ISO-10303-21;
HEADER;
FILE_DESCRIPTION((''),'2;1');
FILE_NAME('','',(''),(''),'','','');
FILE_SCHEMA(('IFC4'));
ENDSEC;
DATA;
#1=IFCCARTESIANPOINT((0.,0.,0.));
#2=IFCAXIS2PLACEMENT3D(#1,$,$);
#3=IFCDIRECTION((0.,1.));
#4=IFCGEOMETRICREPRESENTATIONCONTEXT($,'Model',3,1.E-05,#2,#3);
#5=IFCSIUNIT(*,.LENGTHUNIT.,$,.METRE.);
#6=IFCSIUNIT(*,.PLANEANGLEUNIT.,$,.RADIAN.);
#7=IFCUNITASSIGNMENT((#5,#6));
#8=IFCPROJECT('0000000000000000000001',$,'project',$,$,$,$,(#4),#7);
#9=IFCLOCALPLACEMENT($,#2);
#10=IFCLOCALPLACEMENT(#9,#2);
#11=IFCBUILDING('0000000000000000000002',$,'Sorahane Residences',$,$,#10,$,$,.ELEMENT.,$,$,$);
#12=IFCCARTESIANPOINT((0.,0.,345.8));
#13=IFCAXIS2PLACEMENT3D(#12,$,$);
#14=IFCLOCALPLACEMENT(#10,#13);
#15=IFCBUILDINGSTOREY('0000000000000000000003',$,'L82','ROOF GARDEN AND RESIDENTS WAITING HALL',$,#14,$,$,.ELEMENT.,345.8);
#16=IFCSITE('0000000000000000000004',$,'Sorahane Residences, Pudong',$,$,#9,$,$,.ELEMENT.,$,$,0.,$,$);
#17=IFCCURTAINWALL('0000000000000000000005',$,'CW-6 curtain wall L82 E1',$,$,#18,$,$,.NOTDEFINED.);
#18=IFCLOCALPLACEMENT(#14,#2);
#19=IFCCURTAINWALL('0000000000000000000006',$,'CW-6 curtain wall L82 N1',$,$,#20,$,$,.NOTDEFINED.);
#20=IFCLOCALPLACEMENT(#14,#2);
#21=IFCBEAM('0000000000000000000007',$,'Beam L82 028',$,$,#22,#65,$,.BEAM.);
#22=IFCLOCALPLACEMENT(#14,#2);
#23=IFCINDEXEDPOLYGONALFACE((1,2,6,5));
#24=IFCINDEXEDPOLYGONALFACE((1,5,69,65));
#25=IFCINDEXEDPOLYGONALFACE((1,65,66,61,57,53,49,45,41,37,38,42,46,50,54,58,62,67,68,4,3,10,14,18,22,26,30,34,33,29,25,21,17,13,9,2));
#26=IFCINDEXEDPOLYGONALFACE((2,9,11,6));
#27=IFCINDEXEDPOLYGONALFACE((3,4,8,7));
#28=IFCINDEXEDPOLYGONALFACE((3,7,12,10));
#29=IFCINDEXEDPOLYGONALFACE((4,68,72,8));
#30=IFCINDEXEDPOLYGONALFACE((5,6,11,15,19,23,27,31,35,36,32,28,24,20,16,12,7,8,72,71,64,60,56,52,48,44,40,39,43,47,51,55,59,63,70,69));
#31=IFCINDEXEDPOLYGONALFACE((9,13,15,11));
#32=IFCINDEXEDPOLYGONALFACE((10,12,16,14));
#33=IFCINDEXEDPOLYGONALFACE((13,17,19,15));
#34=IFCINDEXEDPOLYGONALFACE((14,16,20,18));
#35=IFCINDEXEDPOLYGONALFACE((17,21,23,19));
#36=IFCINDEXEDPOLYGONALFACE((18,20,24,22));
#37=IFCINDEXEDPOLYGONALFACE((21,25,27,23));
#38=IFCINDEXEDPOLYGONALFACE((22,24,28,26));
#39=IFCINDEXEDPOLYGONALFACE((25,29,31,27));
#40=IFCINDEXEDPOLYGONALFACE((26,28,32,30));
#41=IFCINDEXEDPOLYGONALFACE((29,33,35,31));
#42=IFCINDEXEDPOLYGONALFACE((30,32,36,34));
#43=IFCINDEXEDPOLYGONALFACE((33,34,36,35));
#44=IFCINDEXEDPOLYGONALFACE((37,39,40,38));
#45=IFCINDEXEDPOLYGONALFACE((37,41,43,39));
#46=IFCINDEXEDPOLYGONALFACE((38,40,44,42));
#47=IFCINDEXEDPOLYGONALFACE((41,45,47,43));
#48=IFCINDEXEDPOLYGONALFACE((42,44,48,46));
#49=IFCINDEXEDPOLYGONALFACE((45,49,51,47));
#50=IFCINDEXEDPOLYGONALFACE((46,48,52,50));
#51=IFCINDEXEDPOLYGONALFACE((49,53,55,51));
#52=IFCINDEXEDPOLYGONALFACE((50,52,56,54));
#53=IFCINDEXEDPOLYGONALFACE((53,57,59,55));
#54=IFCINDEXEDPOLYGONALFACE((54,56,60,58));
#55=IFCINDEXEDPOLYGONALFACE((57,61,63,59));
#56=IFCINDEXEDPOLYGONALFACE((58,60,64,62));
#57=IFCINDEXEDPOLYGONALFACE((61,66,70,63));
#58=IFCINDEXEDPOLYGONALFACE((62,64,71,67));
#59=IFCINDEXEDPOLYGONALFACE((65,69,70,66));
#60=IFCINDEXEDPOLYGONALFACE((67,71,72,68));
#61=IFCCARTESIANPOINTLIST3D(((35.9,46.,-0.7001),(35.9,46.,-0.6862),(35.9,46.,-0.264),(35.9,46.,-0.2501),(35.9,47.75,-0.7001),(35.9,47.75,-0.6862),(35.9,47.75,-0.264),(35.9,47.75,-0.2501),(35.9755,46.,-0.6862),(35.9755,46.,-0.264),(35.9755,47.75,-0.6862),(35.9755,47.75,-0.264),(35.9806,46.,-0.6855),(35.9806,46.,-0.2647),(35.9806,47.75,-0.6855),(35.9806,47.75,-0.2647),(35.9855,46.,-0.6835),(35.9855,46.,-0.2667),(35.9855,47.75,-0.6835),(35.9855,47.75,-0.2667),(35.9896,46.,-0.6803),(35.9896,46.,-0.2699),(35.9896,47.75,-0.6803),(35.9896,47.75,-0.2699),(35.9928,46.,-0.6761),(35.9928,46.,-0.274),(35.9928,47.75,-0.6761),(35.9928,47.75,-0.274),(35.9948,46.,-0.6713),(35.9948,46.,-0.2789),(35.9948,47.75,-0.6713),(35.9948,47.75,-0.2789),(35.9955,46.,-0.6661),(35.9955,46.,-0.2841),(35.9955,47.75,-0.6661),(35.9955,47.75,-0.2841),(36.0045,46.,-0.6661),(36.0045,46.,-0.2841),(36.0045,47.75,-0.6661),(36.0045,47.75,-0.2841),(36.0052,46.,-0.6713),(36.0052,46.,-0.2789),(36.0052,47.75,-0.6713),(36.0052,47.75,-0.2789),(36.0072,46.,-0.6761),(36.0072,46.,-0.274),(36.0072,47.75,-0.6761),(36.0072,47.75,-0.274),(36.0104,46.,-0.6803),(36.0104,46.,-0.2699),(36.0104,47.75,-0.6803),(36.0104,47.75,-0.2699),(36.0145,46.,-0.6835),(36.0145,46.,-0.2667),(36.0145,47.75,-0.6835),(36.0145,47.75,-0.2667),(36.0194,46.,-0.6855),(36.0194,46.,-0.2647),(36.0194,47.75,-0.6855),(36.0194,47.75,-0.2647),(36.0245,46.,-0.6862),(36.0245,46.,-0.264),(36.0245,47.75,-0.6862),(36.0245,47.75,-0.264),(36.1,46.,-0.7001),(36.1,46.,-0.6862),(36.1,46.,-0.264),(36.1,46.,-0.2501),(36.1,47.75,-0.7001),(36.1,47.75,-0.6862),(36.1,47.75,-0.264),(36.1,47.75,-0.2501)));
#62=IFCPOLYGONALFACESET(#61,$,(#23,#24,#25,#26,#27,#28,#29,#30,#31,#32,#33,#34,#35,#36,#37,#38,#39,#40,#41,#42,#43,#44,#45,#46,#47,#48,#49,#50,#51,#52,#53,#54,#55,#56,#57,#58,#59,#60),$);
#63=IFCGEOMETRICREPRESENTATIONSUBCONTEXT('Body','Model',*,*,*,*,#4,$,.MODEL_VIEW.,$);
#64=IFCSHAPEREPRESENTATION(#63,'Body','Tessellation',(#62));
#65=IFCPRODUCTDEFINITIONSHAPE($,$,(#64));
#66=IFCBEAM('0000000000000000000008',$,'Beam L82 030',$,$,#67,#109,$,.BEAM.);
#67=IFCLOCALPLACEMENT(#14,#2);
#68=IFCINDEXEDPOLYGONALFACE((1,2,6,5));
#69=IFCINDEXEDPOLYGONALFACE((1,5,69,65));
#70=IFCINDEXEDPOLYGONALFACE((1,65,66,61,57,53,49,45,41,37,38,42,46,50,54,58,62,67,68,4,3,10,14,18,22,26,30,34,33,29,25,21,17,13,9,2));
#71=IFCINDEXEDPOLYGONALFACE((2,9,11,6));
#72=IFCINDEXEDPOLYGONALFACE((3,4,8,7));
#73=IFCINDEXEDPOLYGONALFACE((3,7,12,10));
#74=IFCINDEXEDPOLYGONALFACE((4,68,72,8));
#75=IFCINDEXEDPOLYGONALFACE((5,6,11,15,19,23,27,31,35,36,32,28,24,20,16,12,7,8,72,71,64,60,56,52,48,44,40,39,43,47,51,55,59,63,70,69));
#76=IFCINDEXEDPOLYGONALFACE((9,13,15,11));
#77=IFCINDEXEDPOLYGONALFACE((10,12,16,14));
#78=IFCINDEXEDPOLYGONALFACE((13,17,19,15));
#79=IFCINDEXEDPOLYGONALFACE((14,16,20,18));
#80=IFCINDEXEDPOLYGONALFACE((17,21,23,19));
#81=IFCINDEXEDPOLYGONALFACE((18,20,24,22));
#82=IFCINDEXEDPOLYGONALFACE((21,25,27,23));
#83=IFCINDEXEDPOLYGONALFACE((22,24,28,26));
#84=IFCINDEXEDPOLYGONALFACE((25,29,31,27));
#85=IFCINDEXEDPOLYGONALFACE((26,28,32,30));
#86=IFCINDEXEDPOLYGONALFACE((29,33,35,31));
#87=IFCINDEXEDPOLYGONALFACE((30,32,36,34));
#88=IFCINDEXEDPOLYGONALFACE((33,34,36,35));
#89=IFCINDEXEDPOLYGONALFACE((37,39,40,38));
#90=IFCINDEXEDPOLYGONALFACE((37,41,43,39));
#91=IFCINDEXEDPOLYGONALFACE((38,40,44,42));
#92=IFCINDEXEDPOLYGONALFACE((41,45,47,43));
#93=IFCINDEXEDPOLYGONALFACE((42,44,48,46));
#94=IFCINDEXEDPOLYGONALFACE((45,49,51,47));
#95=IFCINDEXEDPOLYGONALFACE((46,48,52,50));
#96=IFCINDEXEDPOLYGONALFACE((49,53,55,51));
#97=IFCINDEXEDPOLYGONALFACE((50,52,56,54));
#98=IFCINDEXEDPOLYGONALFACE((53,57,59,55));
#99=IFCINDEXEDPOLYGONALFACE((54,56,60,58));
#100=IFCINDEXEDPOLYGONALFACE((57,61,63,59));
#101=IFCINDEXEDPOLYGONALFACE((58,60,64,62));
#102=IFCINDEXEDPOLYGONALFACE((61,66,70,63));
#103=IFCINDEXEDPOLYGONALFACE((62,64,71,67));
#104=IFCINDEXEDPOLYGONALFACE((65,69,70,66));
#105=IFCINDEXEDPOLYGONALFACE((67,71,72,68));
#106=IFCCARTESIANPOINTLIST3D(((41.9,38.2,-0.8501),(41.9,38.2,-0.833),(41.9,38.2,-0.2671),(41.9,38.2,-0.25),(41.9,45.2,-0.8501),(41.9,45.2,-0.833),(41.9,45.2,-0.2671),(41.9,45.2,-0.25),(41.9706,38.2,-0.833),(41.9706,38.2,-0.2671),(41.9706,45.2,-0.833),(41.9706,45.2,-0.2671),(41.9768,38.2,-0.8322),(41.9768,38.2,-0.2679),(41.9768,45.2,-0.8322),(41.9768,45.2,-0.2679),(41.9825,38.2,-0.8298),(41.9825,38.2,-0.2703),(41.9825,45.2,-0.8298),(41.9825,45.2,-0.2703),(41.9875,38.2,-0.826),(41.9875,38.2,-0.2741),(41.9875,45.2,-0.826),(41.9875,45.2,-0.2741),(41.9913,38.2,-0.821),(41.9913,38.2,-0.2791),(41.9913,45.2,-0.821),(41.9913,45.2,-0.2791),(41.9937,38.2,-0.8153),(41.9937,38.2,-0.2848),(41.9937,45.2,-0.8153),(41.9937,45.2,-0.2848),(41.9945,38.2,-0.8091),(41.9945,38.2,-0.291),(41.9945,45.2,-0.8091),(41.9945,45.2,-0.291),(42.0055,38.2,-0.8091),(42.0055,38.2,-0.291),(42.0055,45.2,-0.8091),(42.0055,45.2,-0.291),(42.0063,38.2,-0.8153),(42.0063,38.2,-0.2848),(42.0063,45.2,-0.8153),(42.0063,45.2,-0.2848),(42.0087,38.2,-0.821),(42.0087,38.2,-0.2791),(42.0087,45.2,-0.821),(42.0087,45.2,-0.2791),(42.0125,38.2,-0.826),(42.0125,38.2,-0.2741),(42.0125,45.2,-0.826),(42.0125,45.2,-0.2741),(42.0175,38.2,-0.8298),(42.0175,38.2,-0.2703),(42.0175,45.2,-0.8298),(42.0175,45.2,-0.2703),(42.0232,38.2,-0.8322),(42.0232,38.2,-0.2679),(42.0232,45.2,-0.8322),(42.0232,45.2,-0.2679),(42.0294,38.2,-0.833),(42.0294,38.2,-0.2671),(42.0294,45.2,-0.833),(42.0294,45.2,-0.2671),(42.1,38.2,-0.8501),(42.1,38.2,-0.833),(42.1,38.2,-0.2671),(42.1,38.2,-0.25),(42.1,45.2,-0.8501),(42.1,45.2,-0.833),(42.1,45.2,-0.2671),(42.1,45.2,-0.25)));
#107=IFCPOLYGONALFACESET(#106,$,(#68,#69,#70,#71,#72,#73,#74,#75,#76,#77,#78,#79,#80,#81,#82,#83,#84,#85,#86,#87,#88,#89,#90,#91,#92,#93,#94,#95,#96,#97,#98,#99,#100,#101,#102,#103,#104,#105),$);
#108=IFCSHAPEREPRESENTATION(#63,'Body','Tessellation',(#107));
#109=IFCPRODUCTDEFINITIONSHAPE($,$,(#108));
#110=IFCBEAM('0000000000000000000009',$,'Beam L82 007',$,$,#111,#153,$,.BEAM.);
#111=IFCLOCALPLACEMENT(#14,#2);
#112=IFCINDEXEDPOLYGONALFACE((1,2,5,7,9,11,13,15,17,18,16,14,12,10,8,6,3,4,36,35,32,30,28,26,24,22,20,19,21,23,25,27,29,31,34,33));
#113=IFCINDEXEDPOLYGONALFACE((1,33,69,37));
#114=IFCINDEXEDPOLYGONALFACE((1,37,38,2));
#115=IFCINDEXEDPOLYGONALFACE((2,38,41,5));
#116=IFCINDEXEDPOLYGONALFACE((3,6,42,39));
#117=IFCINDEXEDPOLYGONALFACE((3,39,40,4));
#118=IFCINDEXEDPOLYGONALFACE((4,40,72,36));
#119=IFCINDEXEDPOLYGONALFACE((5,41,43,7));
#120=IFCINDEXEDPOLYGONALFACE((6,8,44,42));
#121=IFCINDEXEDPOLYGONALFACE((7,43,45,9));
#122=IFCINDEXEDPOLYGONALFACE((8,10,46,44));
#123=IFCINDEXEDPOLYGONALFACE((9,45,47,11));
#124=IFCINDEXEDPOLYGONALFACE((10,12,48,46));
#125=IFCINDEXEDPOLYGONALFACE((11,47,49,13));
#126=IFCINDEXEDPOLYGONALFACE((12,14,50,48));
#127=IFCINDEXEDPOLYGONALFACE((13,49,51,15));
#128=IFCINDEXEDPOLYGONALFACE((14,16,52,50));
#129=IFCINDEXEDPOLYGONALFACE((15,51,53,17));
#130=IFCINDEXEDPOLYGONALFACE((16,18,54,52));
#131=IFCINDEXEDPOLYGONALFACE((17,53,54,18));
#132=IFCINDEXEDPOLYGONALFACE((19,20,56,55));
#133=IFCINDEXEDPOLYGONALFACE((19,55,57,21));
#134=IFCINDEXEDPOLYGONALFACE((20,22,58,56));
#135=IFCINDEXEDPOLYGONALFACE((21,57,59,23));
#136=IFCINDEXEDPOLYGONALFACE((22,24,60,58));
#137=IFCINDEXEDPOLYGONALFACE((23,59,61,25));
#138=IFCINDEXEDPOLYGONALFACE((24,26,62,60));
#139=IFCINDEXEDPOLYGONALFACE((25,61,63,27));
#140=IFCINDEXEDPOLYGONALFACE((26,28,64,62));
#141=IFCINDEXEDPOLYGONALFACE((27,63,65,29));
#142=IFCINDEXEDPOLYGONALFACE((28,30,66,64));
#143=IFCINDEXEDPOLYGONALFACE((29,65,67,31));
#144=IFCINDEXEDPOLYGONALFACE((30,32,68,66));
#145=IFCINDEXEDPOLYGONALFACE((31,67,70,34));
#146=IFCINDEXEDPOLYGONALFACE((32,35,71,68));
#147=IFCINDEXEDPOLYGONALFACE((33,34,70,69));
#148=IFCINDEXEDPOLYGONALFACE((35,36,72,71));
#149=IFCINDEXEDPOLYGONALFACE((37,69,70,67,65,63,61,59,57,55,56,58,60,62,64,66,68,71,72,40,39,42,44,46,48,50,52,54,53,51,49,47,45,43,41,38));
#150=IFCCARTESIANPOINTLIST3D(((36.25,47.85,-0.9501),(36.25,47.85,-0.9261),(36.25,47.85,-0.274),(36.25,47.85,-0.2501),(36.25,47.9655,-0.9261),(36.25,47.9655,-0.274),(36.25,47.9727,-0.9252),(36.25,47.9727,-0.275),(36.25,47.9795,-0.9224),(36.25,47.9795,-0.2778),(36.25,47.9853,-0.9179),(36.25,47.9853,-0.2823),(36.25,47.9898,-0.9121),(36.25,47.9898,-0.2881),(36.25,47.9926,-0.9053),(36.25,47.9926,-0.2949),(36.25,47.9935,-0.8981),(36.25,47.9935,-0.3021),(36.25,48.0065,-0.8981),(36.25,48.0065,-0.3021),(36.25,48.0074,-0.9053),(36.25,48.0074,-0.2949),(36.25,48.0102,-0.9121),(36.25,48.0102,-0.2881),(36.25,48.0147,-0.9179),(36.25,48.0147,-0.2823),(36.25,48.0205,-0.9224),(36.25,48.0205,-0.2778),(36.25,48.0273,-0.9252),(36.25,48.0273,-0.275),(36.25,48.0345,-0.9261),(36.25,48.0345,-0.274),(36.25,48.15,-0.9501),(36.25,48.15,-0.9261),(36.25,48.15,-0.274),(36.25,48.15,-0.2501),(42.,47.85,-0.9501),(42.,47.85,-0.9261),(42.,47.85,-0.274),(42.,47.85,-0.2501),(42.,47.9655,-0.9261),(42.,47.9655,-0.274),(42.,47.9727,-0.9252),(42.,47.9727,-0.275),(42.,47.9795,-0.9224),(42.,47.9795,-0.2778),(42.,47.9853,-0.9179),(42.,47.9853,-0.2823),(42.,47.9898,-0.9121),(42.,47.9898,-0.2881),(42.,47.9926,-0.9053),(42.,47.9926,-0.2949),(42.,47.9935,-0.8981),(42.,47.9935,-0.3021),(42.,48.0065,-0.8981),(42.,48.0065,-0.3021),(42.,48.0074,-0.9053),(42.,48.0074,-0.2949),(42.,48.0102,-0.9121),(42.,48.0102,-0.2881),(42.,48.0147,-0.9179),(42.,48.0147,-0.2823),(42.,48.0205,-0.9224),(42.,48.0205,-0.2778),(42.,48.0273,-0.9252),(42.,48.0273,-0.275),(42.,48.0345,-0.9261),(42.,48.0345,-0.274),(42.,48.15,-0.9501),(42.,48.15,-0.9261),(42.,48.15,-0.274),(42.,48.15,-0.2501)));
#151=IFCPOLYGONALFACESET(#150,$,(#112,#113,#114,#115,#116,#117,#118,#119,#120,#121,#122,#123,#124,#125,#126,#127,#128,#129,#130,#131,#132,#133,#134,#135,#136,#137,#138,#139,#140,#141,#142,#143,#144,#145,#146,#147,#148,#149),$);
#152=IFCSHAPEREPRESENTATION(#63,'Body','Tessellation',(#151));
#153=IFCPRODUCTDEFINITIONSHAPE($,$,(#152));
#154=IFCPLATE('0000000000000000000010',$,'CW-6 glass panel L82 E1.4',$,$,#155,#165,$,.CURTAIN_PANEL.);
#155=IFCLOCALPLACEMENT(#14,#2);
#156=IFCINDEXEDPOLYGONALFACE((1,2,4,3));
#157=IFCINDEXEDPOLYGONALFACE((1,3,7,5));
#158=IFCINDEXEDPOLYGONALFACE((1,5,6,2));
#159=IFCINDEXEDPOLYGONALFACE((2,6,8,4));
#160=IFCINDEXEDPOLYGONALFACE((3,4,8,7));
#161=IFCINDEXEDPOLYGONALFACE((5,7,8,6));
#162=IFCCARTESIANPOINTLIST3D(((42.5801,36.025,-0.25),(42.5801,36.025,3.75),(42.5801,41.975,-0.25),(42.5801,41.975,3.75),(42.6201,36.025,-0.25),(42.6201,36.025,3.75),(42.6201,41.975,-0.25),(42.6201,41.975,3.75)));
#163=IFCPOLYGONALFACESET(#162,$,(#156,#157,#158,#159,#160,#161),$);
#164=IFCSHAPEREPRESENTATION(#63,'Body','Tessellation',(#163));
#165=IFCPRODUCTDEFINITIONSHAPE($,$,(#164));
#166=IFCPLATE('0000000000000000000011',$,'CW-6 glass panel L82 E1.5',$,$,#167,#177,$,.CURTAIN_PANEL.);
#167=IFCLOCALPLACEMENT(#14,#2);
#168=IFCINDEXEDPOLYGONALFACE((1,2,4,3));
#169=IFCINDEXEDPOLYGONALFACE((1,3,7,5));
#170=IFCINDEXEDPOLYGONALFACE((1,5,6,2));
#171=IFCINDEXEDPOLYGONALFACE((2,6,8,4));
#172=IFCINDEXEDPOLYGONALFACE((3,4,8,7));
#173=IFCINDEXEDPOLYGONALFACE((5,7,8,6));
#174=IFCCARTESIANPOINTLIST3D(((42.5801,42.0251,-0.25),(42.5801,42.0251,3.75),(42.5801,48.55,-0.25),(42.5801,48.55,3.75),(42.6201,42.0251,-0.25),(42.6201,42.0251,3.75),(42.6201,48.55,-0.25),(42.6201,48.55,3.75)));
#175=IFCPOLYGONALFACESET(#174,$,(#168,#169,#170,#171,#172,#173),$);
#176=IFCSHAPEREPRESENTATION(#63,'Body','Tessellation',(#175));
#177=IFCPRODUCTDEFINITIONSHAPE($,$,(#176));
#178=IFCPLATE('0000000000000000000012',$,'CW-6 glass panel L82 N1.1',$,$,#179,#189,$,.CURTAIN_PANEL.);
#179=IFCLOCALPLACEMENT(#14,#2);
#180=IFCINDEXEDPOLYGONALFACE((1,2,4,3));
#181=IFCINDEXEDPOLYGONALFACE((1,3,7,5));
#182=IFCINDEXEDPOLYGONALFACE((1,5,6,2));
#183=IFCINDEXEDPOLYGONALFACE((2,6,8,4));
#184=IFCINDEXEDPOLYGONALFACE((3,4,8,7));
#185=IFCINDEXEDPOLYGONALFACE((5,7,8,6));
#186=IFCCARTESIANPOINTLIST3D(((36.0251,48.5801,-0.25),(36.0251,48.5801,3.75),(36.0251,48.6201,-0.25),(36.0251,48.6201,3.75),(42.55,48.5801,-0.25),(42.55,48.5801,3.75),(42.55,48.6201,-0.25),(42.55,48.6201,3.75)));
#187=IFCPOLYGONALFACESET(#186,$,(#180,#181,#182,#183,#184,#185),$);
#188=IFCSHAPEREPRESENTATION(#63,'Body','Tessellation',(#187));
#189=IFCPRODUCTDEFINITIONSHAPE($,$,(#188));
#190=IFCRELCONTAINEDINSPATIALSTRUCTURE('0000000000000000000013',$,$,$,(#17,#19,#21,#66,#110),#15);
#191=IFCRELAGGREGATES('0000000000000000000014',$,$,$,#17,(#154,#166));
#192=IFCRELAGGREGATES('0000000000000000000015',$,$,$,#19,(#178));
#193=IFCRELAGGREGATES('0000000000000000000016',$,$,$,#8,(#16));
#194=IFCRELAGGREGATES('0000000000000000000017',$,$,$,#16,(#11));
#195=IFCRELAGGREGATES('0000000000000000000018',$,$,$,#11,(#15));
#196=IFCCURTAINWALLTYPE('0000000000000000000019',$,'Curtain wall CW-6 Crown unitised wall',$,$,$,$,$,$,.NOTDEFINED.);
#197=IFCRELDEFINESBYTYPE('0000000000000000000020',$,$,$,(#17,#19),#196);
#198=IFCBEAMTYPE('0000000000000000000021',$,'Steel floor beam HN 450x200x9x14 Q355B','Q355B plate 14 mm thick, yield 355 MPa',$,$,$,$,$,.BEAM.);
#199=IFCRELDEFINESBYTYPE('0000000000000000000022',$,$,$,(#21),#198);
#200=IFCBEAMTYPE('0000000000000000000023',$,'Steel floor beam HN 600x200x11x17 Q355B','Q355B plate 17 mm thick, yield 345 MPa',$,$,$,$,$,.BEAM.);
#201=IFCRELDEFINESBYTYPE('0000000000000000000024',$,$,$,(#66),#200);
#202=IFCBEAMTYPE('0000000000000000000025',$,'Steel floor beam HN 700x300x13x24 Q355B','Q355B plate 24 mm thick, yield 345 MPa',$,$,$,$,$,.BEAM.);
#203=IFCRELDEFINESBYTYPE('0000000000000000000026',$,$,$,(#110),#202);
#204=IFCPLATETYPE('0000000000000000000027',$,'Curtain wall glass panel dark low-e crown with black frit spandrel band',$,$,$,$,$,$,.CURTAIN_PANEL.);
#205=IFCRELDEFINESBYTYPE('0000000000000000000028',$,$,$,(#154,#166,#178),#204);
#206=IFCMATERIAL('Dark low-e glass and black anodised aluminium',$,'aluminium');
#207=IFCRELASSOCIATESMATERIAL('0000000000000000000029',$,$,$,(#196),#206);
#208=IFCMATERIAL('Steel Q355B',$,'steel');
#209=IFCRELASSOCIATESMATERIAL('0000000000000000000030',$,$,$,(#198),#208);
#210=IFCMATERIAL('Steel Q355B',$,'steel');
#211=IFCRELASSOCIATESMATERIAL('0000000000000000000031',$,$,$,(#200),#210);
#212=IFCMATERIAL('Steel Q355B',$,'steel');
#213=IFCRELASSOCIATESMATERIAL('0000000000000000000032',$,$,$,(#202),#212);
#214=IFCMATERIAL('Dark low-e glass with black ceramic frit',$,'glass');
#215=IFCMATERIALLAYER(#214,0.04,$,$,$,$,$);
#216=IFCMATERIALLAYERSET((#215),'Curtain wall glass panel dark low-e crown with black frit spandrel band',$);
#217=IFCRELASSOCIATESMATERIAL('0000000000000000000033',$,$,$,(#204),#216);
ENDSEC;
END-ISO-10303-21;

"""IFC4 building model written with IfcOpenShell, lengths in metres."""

from ifc_helpers import new_model, si_unit, direction, frame, origin, origin_2d, place, context, subcontext, project, spatial, rectangle, i_section, extrude, material, layer, layer_set, material_profile, profile_set, type_object, element, aggregate, save


model = new_model("IFC4")

# Units and contexts
model_context = context("Model", 3, precision=1e-05, world=origin(), true_north=direction((0.0, 1.0)))
body_context = subcontext(model_context, "Body", "Model", "MODEL_VIEW")
ifc_project = project(units=[si_unit("LENGTHUNIT", "METRE"), si_unit("PLANEANGLEUNIT", "RADIAN")], contexts=[model_context])

# Site, building, storey
site_placement = place(None, origin())
site = spatial("IfcSite", under=ifc_project, at=site_placement, Name="Sorahane Residences, Pudong", CompositionType="ELEMENT", RefElevation=0.0)
building_placement = place(site_placement, origin())
building = spatial("IfcBuilding", under=site, at=building_placement, Name="Sorahane Residences", CompositionType="ELEMENT")
storey_placement = place(building_placement, frame((0.0, 0.0, 345.8)))
storey = spatial("IfcBuildingStorey", under=building, at=storey_placement, Name="L82", Description="ROOF GARDEN AND RESIDENTS WAITING HALL", CompositionType="ELEMENT", Elevation=345.8)

# Curtain walls
ifc_material_1 = material(Name="Dark low-e glass and black anodised aluminium", Category="aluminium")
curtain_wall_type = type_object("IfcCurtainWallType", Name="Curtain wall CW-6 Crown unitised wall", PredefinedType="NOTDEFINED", material=ifc_material_1)
curtain_wall_1_placement = place(storey_placement, origin())
curtain_wall_1 = element("IfcCurtainWall", 1, at=curtain_wall_1_placement, inside=storey, type_object=curtain_wall_type, Name="CW-6 curtain wall L82 E1", PredefinedType="NOTDEFINED")
curtain_wall_2_placement = place(storey_placement, origin())
curtain_wall_2 = element("IfcCurtainWall", 2, at=curtain_wall_2_placement, inside=storey, type_object=curtain_wall_type, Name="CW-6 curtain wall L82 N1", PredefinedType="NOTDEFINED")

# Beams
ifc_material_2 = material(Name="Steel Q355B", Category="steel")
ifc_material_profile_1 = material_profile(ifc_material_2, i_section(OverallWidth=0.2, OverallDepth=0.45, WebThickness=0.009, FlangeThickness=0.0139, FilletRadius=0.02, at=origin_2d()), Name="HN 450x200x9x14")
ifc_profile_set_1 = profile_set([ifc_material_profile_1], Name="Steel Q355B")
beam_type_1 = type_object("IfcBeamType", Name="Steel floor beam HN 450x200x9x14 Q355B", Description="Q355B plate 14 mm thick, yield 355 MPa", PredefinedType="BEAM", material=ifc_profile_set_1)
beam_1_placement = place(storey_placement, frame((36.0, 46.0, -0.4751), z_axis=(0.0, 1.0, 0.0), x_axis=(-1.0, 0.0, 0.0)))
element("IfcBeam", 3, at=beam_1_placement, inside=storey, type_object=beam_type_1, Name="Beam L82 028", PredefinedType="BEAM", context=body_context, shape_type="SweptSolid", body=[
    extrude(i_section(OverallWidth=0.2, OverallDepth=0.45, WebThickness=0.009, FlangeThickness=0.0139, FilletRadius=0.02, at=origin_2d()), origin(), (0.0, 0.0, 1.0), 1.75),
])
ifc_material_3 = material(Name="Steel Q355B", Category="steel")
ifc_material_profile_2 = material_profile(ifc_material_3, i_section(OverallWidth=0.2, OverallDepth=0.6001, WebThickness=0.011, FlangeThickness=0.0171, FilletRadius=0.0239, at=origin_2d()), Name="HN 600x200x11x17")
ifc_profile_set_2 = profile_set([ifc_material_profile_2], Name="Steel Q355B")
beam_type_2 = type_object("IfcBeamType", Name="Steel floor beam HN 600x200x11x17 Q355B", Description="Q355B plate 17 mm thick, yield 345 MPa", PredefinedType="BEAM", material=ifc_profile_set_2)
beam_2_placement = place(storey_placement, frame((42.0, 38.2, -0.55), z_axis=(0.0, 1.0, 0.0), x_axis=(-1.0, 0.0, 0.0)))
element("IfcBeam", 4, at=beam_2_placement, inside=storey, type_object=beam_type_2, Name="Beam L82 030", PredefinedType="BEAM", context=body_context, shape_type="SweptSolid", body=[
    extrude(i_section(OverallWidth=0.2, OverallDepth=0.6001, WebThickness=0.011, FlangeThickness=0.0171, FilletRadius=0.0239, at=origin_2d()), origin(), (0.0, 0.0, 1.0), 7.0),
])
ifc_material_4 = material(Name="Steel Q355B", Category="steel")
ifc_material_profile_3 = material_profile(ifc_material_4, i_section(OverallWidth=0.3, OverallDepth=0.7, WebThickness=0.0129, FlangeThickness=0.0239, FilletRadius=0.0281, at=origin_2d()), Name="HN 700x300x13x24")
ifc_profile_set_3 = profile_set([ifc_material_profile_3], Name="Steel Q355B")
beam_type_3 = type_object("IfcBeamType", Name="Steel floor beam HN 700x300x13x24 Q355B", Description="Q355B plate 24 mm thick, yield 345 MPa", PredefinedType="BEAM", material=ifc_profile_set_3)
beam_3_placement = place(storey_placement, frame((36.25, 48.0, -0.6001), z_axis=(1.0, 0.0, 0.0), x_axis=(0.0, 1.0, 0.0)))
element("IfcBeam", 5, at=beam_3_placement, inside=storey, type_object=beam_type_3, Name="Beam L82 007", PredefinedType="BEAM", context=body_context, shape_type="SweptSolid", body=[
    extrude(i_section(OverallWidth=0.3, OverallDepth=0.7, WebThickness=0.0129, FlangeThickness=0.0239, FilletRadius=0.0281, at=origin_2d()), origin(), (0.0, 0.0, 1.0), 5.75),
])

# Plates
ifc_material_5 = material(Name="Dark low-e glass with black ceramic frit", Category="glass")
ifc_layer_1 = layer(ifc_material_5, 0.04)
ifc_layer_set_1 = layer_set([ifc_layer_1], Name="Curtain wall glass panel dark low-e crown with black frit spandrel band")
plate_type = type_object("IfcPlateType", Name="Curtain wall glass panel dark low-e crown with black frit spandrel band", PredefinedType="CURTAIN_PANEL", material=ifc_layer_set_1)
plate_1_placement = place(storey_placement, frame((42.6001, 39.0, -0.25), z_axis=(0.0, 0.0, 1.0), x_axis=(0.0, 1.0, 0.0)))
plate_1 = element("IfcPlate", 6, at=plate_1_placement, type_object=plate_type, Name="CW-6 glass panel L82 E1.4", PredefinedType="CURTAIN_PANEL", context=body_context, shape_type="SweptSolid", body=[
    extrude(rectangle(XDim=5.95, YDim=0.04, at=origin_2d()), origin(), (0.0, 0.0, 1.0), 4.0),
])
plate_2_placement = place(storey_placement, frame((42.6001, 45.2876, -0.25), z_axis=(0.0, 0.0, 1.0), x_axis=(0.0, 1.0, 0.0)))
plate_2 = element("IfcPlate", 7, at=plate_2_placement, type_object=plate_type, Name="CW-6 glass panel L82 E1.5", PredefinedType="CURTAIN_PANEL", context=body_context, shape_type="SweptSolid", body=[
    extrude(rectangle(XDim=6.5249, YDim=0.04, at=origin_2d()), origin(), (0.0, 0.0, 1.0), 4.0),
])
aggregate(curtain_wall_1, [plate_1, plate_2])
plate_3_placement = place(storey_placement, frame((39.2876, 48.6001, -0.25), z_axis=(0.0, 0.0, 1.0), x_axis=(-1.0, 0.0, 0.0)))
plate_3 = element("IfcPlate", 8, at=plate_3_placement, type_object=plate_type, Name="CW-6 glass panel L82 N1.1", PredefinedType="CURTAIN_PANEL", context=body_context, shape_type="SweptSolid", body=[
    extrude(rectangle(XDim=6.5249, YDim=0.04, at=origin_2d()), origin(), (0.0, 0.0, 1.0), 4.0),
])
aggregate(curtain_wall_2, [plate_3])

save(model, "model.ifc")
